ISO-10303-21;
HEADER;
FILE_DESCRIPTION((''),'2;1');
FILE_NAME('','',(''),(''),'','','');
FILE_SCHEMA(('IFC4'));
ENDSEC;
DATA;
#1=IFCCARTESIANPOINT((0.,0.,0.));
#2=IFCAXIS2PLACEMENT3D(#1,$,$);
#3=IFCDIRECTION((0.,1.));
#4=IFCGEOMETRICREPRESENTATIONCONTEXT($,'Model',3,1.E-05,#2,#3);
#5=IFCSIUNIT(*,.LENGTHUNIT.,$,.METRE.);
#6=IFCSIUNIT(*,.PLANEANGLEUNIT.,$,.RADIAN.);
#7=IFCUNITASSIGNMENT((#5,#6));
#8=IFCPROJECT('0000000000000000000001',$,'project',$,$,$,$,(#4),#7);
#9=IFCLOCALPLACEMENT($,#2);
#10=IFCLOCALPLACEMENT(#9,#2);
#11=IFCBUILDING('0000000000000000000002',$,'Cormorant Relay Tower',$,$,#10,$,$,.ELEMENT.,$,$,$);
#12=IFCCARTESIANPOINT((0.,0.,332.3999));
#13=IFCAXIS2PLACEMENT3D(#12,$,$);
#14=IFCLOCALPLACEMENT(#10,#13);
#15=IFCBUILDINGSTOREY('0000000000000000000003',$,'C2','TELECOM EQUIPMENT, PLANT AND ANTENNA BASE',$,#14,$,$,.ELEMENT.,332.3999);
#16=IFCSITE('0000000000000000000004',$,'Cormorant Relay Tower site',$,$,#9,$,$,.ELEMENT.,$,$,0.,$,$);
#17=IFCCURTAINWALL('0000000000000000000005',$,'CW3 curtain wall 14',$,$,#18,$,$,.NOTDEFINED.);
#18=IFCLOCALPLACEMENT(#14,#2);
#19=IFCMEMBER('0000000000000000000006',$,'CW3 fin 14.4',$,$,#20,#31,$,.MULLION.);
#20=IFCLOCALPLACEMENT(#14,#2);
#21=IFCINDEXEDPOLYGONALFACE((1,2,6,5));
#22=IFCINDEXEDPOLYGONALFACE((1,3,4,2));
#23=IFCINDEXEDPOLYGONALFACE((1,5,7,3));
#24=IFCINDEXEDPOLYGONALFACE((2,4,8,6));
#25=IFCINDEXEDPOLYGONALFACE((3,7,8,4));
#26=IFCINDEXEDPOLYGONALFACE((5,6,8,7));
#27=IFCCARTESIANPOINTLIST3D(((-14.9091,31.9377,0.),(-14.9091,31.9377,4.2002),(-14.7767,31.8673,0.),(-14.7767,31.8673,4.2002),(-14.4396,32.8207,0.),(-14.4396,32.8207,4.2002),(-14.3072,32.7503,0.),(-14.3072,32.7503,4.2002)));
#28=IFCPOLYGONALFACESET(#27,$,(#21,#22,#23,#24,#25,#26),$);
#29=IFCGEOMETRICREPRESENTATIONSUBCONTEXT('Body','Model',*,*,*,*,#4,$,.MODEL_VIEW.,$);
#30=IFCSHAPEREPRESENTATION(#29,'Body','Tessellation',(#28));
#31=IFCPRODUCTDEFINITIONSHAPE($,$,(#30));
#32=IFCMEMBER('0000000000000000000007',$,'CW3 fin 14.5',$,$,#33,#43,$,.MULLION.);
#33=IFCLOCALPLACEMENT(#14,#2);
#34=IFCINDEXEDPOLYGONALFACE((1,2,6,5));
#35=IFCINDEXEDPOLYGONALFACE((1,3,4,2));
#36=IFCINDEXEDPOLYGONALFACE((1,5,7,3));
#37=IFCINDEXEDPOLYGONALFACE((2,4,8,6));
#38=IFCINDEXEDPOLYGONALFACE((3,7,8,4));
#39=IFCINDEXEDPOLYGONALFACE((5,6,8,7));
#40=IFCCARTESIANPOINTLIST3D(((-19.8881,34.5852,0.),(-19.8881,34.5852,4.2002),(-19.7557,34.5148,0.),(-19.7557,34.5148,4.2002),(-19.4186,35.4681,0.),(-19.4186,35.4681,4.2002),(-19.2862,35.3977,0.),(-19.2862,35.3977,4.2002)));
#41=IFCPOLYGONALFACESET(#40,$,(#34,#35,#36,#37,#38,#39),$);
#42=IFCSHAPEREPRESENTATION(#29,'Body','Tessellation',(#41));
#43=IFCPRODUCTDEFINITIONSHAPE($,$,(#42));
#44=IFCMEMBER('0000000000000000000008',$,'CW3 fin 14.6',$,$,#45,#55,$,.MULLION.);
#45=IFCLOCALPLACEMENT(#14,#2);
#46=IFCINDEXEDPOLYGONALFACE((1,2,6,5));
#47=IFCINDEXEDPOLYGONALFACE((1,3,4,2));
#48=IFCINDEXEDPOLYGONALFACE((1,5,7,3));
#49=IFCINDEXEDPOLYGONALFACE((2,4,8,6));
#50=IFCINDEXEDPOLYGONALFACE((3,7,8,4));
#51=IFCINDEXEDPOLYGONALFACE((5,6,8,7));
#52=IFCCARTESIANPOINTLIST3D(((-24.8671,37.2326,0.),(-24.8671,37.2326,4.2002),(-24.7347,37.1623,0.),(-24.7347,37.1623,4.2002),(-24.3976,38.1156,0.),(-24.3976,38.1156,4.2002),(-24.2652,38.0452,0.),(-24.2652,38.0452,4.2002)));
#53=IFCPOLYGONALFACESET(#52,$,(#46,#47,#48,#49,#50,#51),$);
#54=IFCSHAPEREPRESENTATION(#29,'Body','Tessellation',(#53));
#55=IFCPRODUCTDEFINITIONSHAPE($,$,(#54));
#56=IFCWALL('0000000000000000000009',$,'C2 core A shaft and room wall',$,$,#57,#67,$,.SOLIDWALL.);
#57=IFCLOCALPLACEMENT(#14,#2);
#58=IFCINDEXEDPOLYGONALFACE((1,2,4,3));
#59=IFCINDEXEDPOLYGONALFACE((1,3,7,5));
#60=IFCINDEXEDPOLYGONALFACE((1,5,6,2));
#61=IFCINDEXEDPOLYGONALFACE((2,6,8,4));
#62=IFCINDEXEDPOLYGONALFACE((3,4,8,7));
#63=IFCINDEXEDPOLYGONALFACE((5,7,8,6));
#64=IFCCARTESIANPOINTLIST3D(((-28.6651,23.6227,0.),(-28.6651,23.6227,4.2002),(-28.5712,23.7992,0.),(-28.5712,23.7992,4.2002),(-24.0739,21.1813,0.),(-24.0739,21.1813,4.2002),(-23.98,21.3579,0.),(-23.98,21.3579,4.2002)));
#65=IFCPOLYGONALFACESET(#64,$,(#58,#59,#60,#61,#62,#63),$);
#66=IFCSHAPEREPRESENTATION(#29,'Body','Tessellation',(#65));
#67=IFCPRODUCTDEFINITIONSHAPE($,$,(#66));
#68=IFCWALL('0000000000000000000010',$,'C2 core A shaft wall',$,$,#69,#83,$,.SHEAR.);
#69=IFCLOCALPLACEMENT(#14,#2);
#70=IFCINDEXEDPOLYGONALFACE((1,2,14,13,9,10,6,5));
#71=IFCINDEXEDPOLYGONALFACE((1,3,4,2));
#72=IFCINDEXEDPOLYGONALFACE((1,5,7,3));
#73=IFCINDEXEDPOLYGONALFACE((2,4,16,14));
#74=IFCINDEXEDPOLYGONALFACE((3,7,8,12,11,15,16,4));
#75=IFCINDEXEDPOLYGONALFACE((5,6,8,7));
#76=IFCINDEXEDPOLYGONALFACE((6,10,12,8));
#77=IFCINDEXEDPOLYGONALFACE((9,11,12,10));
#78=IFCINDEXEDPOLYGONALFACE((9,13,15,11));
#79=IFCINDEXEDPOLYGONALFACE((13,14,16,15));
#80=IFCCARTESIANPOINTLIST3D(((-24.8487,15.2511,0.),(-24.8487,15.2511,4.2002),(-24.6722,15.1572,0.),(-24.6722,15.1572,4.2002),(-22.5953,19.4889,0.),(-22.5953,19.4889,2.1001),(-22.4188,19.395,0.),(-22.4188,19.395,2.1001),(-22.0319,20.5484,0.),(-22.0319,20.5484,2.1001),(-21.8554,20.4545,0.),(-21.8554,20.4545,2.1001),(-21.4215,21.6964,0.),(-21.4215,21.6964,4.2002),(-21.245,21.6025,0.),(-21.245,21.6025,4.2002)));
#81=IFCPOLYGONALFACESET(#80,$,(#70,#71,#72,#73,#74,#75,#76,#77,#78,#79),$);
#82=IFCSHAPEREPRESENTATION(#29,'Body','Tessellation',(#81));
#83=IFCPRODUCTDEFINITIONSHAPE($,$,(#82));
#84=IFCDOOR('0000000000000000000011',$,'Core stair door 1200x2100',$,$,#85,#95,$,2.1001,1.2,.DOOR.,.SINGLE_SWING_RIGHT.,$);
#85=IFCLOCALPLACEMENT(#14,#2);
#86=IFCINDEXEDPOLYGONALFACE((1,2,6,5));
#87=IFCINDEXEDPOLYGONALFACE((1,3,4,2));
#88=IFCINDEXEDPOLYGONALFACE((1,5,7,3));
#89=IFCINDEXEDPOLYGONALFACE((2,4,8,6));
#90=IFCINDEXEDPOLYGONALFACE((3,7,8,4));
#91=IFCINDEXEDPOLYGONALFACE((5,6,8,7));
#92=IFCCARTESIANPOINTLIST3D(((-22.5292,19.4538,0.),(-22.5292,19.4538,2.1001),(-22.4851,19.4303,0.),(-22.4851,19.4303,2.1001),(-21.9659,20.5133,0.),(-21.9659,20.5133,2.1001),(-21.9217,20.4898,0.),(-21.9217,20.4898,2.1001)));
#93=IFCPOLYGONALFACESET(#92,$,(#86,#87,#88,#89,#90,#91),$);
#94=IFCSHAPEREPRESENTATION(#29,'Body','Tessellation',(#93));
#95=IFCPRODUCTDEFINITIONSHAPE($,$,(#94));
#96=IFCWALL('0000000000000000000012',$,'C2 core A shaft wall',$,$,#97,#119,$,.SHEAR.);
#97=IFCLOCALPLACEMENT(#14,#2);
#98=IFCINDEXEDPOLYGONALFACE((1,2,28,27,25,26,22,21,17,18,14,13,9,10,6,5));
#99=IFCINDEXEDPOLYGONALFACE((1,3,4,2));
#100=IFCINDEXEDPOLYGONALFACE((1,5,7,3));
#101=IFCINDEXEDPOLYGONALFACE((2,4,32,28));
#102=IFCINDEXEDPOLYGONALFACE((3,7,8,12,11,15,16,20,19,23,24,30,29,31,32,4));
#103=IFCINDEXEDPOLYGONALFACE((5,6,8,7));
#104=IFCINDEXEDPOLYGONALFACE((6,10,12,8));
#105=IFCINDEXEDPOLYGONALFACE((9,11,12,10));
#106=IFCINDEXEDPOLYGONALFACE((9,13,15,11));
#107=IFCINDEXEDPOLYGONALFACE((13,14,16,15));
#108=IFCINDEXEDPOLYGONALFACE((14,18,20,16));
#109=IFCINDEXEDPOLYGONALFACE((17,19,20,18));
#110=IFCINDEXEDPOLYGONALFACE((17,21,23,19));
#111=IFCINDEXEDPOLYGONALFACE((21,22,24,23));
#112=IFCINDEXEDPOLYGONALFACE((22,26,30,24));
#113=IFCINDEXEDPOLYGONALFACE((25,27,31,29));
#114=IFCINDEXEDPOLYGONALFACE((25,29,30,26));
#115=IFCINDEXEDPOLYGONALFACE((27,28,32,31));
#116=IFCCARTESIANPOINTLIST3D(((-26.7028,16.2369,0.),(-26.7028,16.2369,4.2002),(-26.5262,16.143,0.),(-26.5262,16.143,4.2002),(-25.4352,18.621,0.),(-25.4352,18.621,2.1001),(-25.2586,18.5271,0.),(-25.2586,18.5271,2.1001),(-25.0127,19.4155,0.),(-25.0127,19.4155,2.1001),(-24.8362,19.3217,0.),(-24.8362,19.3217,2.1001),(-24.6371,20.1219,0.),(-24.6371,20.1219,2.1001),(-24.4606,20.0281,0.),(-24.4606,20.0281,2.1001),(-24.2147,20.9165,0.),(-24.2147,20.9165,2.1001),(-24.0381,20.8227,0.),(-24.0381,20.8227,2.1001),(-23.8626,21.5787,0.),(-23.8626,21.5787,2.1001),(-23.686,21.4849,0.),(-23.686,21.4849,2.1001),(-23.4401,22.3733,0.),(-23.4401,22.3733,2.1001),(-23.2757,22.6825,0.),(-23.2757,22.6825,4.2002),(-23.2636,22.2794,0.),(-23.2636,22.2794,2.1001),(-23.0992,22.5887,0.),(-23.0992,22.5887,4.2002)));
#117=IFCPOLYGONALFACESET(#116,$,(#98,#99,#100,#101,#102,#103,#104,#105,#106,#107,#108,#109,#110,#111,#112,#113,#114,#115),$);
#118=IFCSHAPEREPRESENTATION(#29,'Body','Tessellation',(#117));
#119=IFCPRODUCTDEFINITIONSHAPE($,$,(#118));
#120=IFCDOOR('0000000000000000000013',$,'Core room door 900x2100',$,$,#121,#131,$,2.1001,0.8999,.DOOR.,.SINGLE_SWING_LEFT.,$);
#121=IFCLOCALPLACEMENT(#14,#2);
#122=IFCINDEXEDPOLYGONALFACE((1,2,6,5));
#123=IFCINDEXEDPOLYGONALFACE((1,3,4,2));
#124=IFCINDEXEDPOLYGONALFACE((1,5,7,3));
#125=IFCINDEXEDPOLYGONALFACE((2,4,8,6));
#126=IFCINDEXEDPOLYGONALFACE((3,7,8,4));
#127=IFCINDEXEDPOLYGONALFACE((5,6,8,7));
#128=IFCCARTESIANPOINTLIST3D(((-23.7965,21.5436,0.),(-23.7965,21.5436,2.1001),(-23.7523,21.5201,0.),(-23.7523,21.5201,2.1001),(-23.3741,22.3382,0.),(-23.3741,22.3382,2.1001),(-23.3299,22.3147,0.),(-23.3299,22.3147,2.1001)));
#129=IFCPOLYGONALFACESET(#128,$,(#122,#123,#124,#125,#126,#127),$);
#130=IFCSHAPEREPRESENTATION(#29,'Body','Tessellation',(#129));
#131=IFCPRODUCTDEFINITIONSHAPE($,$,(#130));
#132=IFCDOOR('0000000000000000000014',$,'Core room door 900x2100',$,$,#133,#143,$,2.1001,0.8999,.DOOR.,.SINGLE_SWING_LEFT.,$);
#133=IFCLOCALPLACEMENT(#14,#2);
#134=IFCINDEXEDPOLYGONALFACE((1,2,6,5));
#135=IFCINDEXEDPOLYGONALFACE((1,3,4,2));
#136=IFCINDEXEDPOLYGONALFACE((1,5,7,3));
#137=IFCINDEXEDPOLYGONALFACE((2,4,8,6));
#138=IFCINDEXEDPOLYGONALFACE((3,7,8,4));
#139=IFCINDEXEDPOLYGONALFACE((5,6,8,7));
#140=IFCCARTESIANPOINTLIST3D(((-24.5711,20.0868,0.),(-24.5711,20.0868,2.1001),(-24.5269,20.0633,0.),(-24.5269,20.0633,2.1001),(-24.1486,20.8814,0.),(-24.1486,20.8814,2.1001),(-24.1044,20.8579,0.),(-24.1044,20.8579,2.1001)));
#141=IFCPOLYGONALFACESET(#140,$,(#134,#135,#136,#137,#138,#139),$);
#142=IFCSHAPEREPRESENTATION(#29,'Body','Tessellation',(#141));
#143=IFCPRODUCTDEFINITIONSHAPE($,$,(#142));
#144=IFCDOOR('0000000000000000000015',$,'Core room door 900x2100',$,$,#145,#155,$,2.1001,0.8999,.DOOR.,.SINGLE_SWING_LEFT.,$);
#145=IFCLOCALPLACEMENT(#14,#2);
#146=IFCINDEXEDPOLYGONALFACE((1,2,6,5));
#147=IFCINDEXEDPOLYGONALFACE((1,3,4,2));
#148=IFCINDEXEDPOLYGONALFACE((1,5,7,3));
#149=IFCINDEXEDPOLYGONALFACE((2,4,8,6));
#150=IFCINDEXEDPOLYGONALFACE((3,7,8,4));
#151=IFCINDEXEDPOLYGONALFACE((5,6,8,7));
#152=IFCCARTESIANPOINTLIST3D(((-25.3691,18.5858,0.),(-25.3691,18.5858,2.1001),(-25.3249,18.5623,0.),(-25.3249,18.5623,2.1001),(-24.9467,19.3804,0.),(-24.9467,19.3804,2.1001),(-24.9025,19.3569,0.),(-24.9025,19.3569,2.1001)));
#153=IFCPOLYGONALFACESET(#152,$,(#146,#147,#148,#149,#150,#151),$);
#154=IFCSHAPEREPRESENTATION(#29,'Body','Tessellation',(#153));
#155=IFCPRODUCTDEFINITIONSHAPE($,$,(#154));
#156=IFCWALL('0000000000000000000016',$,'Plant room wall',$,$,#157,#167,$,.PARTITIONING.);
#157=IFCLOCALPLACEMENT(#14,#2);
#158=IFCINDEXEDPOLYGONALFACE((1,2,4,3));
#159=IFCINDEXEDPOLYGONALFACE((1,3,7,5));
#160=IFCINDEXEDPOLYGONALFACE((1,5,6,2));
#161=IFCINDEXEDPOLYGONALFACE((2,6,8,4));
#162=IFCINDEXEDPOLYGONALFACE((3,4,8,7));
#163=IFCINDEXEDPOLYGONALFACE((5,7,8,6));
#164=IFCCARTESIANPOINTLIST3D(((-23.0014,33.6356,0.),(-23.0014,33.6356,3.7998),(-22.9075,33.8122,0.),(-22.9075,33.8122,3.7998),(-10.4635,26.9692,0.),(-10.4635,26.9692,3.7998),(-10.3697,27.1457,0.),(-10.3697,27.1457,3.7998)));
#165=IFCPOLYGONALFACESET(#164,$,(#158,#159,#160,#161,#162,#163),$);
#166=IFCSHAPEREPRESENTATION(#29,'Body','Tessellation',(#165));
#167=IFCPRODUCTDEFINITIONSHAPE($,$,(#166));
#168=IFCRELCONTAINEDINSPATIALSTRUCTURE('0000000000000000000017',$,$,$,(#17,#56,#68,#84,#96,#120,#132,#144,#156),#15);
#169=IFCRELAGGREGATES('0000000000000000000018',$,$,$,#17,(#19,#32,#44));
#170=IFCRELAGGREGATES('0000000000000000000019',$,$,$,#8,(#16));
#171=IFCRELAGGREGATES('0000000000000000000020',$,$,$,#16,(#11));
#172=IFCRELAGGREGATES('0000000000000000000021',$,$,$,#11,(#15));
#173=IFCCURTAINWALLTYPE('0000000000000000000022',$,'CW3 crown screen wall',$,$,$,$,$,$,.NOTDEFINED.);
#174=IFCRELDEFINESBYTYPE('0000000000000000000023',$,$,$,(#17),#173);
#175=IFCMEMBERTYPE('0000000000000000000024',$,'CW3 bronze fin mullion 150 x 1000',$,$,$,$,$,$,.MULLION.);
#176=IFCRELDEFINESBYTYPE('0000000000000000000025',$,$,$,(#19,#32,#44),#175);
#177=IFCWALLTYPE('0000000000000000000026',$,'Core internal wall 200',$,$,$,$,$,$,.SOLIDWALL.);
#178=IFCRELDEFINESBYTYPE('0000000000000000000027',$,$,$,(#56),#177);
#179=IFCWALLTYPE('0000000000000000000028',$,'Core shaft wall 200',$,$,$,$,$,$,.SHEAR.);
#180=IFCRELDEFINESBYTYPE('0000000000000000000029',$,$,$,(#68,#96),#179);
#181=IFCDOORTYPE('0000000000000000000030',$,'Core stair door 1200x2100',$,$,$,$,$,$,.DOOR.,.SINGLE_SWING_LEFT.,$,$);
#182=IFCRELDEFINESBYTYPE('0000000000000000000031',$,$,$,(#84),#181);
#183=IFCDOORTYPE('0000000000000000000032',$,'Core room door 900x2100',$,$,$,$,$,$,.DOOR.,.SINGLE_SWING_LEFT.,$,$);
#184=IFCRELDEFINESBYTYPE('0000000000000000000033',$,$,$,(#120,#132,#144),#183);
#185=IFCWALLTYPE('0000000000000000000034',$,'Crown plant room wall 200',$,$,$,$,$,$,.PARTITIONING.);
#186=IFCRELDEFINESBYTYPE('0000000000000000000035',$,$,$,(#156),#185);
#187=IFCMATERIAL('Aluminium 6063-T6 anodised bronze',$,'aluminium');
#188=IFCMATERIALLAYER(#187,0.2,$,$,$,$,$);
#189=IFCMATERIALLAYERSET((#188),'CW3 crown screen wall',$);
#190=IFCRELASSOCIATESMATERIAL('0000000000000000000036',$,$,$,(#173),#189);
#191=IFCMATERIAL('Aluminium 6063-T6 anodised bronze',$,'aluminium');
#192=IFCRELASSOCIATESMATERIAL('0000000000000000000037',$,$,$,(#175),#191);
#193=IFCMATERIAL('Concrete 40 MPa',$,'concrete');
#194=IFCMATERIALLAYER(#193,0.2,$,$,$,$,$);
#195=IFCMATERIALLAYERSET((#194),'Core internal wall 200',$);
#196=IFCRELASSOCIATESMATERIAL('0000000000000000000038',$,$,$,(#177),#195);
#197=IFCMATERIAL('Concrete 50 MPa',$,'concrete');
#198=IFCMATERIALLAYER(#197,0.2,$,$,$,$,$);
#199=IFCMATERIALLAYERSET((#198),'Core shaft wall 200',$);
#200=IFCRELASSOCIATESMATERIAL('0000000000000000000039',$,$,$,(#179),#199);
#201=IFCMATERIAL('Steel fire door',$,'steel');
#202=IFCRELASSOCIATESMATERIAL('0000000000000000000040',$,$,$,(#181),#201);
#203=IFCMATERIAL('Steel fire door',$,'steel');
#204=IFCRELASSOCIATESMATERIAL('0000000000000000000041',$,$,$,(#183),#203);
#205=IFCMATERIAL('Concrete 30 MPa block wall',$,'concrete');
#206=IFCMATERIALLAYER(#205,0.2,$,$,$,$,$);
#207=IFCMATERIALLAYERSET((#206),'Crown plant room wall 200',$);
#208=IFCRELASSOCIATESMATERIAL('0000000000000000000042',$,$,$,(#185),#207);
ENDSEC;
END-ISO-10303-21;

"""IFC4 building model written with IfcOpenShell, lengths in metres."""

from ifc_helpers import new_model, si_unit, direction, frame, frame_2d, origin, origin_2d, place, context, subcontext, project, spatial, rectangle, extrude, material, layer, layer_set, material_profile, profile_set, type_object, element, fill, aggregate, save


model = new_model("IFC4")

# Units and contexts
model_context = context("Model", 3, precision=1e-05, world=origin(), true_north=direction((0.0, 1.0)))
body_context = subcontext(model_context, "Body", "Model", "MODEL_VIEW")
ifc_project = project(units=[si_unit("LENGTHUNIT", "METRE"), si_unit("PLANEANGLEUNIT", "RADIAN")], contexts=[model_context])

# Site, building, storey
site_placement = place(None, origin())
site = spatial("IfcSite", under=ifc_project, at=site_placement, Name="Cormorant Relay Tower site", CompositionType="ELEMENT", RefElevation=0.0)
building_placement = place(site_placement, origin())
building = spatial("IfcBuilding", under=site, at=building_placement, Name="Cormorant Relay Tower", CompositionType="ELEMENT")
storey_placement = place(building_placement, frame((0.0, 0.0, 332.3999)))
storey = spatial("IfcBuildingStorey", under=building, at=storey_placement, Name="C2", Description="TELECOM EQUIPMENT, PLANT AND ANTENNA BASE", CompositionType="ELEMENT", Elevation=332.3999)

# Curtain wall, members
ifc_material_1 = material(Name="Aluminium 6063-T6 anodised bronze", Category="aluminium")
ifc_layer_1 = layer(ifc_material_1, 0.2)
ifc_layer_set_1 = layer_set([ifc_layer_1], Name="CW3 crown screen wall")
curtain_wall_type = type_object("IfcCurtainWallType", Name="CW3 crown screen wall", PredefinedType="NOTDEFINED", material=ifc_layer_set_1)
curtain_wall_placement = place(storey_placement, origin())
curtain_wall = element("IfcCurtainWall", 1, at=curtain_wall_placement, inside=storey, type_object=curtain_wall_type, Name="CW3 curtain wall 14", PredefinedType="NOTDEFINED")
ifc_material_2 = material(Name="Aluminium 6063-T6 anodised bronze", Category="aluminium")
ifc_material_profile = material_profile(ifc_material_2, rectangle(XDim=0.1499, YDim=1.0, at=origin_2d()), Name="AL 150x1000")
ifc_profile_set = profile_set([ifc_material_profile], Name="Aluminium 6063-T6 anodised bronze")
member_type = type_object("IfcMemberType", Name="CW3 bronze fin mullion 150 x 1000", PredefinedType="MULLION", material=ifc_profile_set)
member_1_placement = place(storey_placement, frame((-14.6082, 32.344, 0.0), z_axis=(0.0, 0.0, 1.0), x_axis=(-0.882948, 0.469472, 0.0)))
member_1 = element("IfcMember", 2, at=member_1_placement, type_object=member_type, Name="CW3 fin 14.4", PredefinedType="MULLION", context=body_context, shape_type="SweptSolid", body=[
    extrude(rectangle(XDim=0.1499, YDim=1.0, at=origin_2d()), origin(), (0.0, 0.0, 1.0), 4.2002),
])
member_2_placement = place(storey_placement, frame((-19.5872, 34.9915, 0.0), z_axis=(0.0, 0.0, 1.0), x_axis=(-0.882948, 0.469472, 0.0)))
member_2 = element("IfcMember", 3, at=member_2_placement, type_object=member_type, Name="CW3 fin 14.5", PredefinedType="MULLION", context=body_context, shape_type="SweptSolid", body=[
    extrude(rectangle(XDim=0.1499, YDim=1.0, at=origin_2d()), origin(), (0.0, 0.0, 1.0), 4.2002),
])
member_3_placement = place(storey_placement, frame((-24.5662, 37.6389, 0.0), z_axis=(0.0, 0.0, 1.0), x_axis=(-0.882948, 0.469472, 0.0)))
member_3 = element("IfcMember", 4, at=member_3_placement, type_object=member_type, Name="CW3 fin 14.6", PredefinedType="MULLION", context=body_context, shape_type="SweptSolid", body=[
    extrude(rectangle(XDim=0.1499, YDim=1.0, at=origin_2d()), origin(), (0.0, 0.0, 1.0), 4.2002),
])

# Wall
ifc_material_3 = material(Name="Concrete 40 MPa", Category="concrete")
ifc_layer_2 = layer(ifc_material_3, 0.2)
ifc_layer_set_2 = layer_set([ifc_layer_2], Name="Core internal wall 200")
wall_type_1 = type_object("IfcWallType", Name="Core internal wall 200", PredefinedType="SOLIDWALL", material=ifc_layer_set_2)
wall_1_placement = place(storey_placement, frame((-24.0269, 21.2695, 0.0), z_axis=(0.0, 0.0, 1.0), x_axis=(-0.882935, 0.469496, 0.0)))
element("IfcWall", 5, at=wall_1_placement, inside=storey, type_object=wall_type_1, Name="C2 core A shaft and room wall", PredefinedType="SOLIDWALL", context=body_context, shape_type="SweptSolid", body=[
    extrude(rectangle(XDim=5.2, YDim=0.2, at=frame_2d((2.6001, 0.0))), origin(), (0.0, 0.0, 1.0), 4.2002),
])

# Wall, opening, door
ifc_material_4 = material(Name="Concrete 50 MPa", Category="concrete")
ifc_layer_3 = layer(ifc_material_4, 0.2)
ifc_layer_set_3 = layer_set([ifc_layer_3], Name="Core shaft wall 200")
wall_type_2 = type_object("IfcWallType", Name="Core shaft wall 200", PredefinedType="SHEAR", material=ifc_layer_set_3)
wall_2_placement = place(storey_placement, frame((-21.3333, 21.6494, 0.0), z_axis=(0.0, 0.0, 1.0), x_axis=(-0.469494, -0.882936, 0.0)))
wall_2 = element("IfcWall", 6, at=wall_2_placement, inside=storey, type_object=wall_type_2, Name="C2 core A shaft wall", PredefinedType="SHEAR", context=body_context, shape_type="SweptSolid", body=[
    extrude(rectangle(XDim=7.2998, YDim=0.2, at=frame_2d((3.6499, 0.0))), origin(), (0.0, 0.0, 1.0), 4.2002),
])
opening_1_placement = place(wall_2_placement, frame((1.3, 0.0, 0.0)))
opening_1 = element("IfcOpeningElement", 7, at=opening_1_placement, cuts=wall_2, PredefinedType="OPENING", context=body_context, shape_type="SweptSolid", body=[
    extrude(rectangle(XDim=1.2, YDim=2.1001, at=frame_2d((0.6001, 1.05))), frame((0.0, 0.1099, 0.0), z_axis=(0.0, -1.0, 0.0), x_axis=(1.0, 0.0, 0.0)), (0.0, 0.0, 1.0), 0.22),
])
ifc_material_5 = material(Name="Steel fire door", Category="steel")
door_type_1 = type_object("IfcDoorType", Name="Core stair door 1200x2100", OperationType="SINGLE_SWING_LEFT", PredefinedType="DOOR", material=ifc_material_5)
door_1_placement = place(opening_1_placement, origin())
door_1 = element("IfcDoor", 8, at=door_1_placement, inside=storey, type_object=door_type_1, Name="Core stair door 1200x2100", OperationType="SINGLE_SWING_RIGHT", OverallHeight=2.1001, OverallWidth=1.2, PredefinedType="DOOR", context=body_context, shape_type="SweptSolid", body=[
    extrude(rectangle(XDim=1.2, YDim=2.1001, at=frame_2d((0.6001, 1.05))), frame((0.0, 0.0249, 0.0), z_axis=(0.0, -1.0, 0.0), x_axis=(1.0, 0.0, 0.0)), (0.0, 0.0, 1.0), 0.05),
])
fill(opening_1, door_1)

# Wall, openings, doors
wall_3_placement = place(storey_placement, frame((-23.1875, 22.6355, 0.0), z_axis=(0.0, 0.0, 1.0), x_axis=(-0.469454, -0.882957, 0.0)))
wall_3 = element("IfcWall", 9, at=wall_3_placement, inside=storey, type_object=wall_type_2, Name="C2 core A shaft wall", PredefinedType="SHEAR", context=body_context, shape_type="SweptSolid", body=[
    extrude(rectangle(XDim=7.3, YDim=0.2, at=frame_2d((3.6499, 0.0))), origin(), (0.0, 0.0, 1.0), 4.2002),
])
opening_2_placement = place(wall_3_placement, frame((0.3501, 0.0, 0.0)))
opening_2 = element("IfcOpeningElement", 10, at=opening_2_placement, cuts=wall_3, PredefinedType="OPENING", context=body_context, shape_type="SweptSolid", body=[
    extrude(rectangle(XDim=0.8999, YDim=2.1001, at=frame_2d((0.45, 1.05))), frame((0.0, 0.1099, 0.0), z_axis=(0.0, -1.0, 0.0), x_axis=(1.0, 0.0, 0.0)), (0.0, 0.0, 1.0), 0.22),
])
opening_3_placement = place(wall_3_placement, frame((2.0, 0.0, 0.0)))
opening_3 = element("IfcOpeningElement", 11, at=opening_3_placement, cuts=wall_3, PredefinedType="OPENING", context=body_context, shape_type="SweptSolid", body=[
    extrude(rectangle(XDim=0.8999, YDim=2.1001, at=frame_2d((0.45, 1.05))), frame((0.0, 0.1099, 0.0), z_axis=(0.0, -1.0, 0.0), x_axis=(1.0, 0.0, 0.0)), (0.0, 0.0, 1.0), 0.22),
])
opening_4_placement = place(wall_3_placement, frame((3.7, 0.0, 0.0)))
opening_4 = element("IfcOpeningElement", 12, at=opening_4_placement, cuts=wall_3, PredefinedType="OPENING", context=body_context, shape_type="SweptSolid", body=[
    extrude(rectangle(XDim=0.8999, YDim=2.1001, at=frame_2d((0.45, 1.05))), frame((0.0, 0.1099, 0.0), z_axis=(0.0, -1.0, 0.0), x_axis=(1.0, 0.0, 0.0)), (0.0, 0.0, 1.0), 0.22),
])
ifc_material_6 = material(Name="Steel fire door", Category="steel")
door_type_2 = type_object("IfcDoorType", Name="Core room door 900x2100", OperationType="SINGLE_SWING_LEFT", PredefinedType="DOOR", material=ifc_material_6)
door_2_placement = place(opening_2_placement, origin())
door_2 = element("IfcDoor", 13, at=door_2_placement, inside=storey, type_object=door_type_2, Name="Core room door 900x2100", OperationType="SINGLE_SWING_LEFT", OverallHeight=2.1001, OverallWidth=0.8999, PredefinedType="DOOR", context=body_context, shape_type="SweptSolid", body=[
    extrude(rectangle(XDim=0.8999, YDim=2.1001, at=frame_2d((0.45, 1.05))), frame((0.0, 0.0249, 0.0), z_axis=(0.0, -1.0, 0.0), x_axis=(1.0, 0.0, 0.0)), (0.0, 0.0, 1.0), 0.05),
])
fill(opening_2, door_2)
door_3_placement = place(opening_3_placement, origin())
door_3 = element("IfcDoor", 14, at=door_3_placement, inside=storey, type_object=door_type_2, Name="Core room door 900x2100", OperationType="SINGLE_SWING_LEFT", OverallHeight=2.1001, OverallWidth=0.8999, PredefinedType="DOOR", context=body_context, shape_type="SweptSolid", body=[
    extrude(rectangle(XDim=0.8999, YDim=2.1001, at=frame_2d((0.45, 1.05))), frame((0.0, 0.0249, 0.0), z_axis=(0.0, -1.0, 0.0), x_axis=(1.0, 0.0, 0.0)), (0.0, 0.0, 1.0), 0.05),
])
fill(opening_3, door_3)
door_4_placement = place(opening_4_placement, origin())
door_4 = element("IfcDoor", 15, at=door_4_placement, inside=storey, type_object=door_type_2, Name="Core room door 900x2100", OperationType="SINGLE_SWING_LEFT", OverallHeight=2.1001, OverallWidth=0.8999, PredefinedType="DOOR", context=body_context, shape_type="SweptSolid", body=[
    extrude(rectangle(XDim=0.8999, YDim=2.1001, at=frame_2d((0.45, 1.05))), frame((0.0, 0.0249, 0.0), z_axis=(0.0, -1.0, 0.0), x_axis=(1.0, 0.0, 0.0)), (0.0, 0.0, 1.0), 0.05),
])
fill(opening_4, door_4)

# Wall
ifc_material_7 = material(Name="Concrete 30 MPa block wall", Category="concrete")
ifc_layer_4 = layer(ifc_material_7, 0.2)
ifc_layer_set_4 = layer_set([ifc_layer_4], Name="Crown plant room wall 200")
wall_type_3 = type_object("IfcWallType", Name="Crown plant room wall 200", PredefinedType="PARTITIONING", material=ifc_layer_set_4)
wall_4_placement = place(storey_placement, frame((-10.4165, 27.0574, 0.0), z_axis=(0.0, 0.0, 1.0), x_axis=(-0.882947, 0.469472, 0.0)))
element("IfcWall", 16, at=wall_4_placement, inside=storey, type_object=wall_type_3, Name="Plant room wall", PredefinedType="PARTITIONING", context=body_context, shape_type="SweptSolid", body=[
    extrude(rectangle(XDim=14.2, YDim=0.2, at=frame_2d((7.1001, 0.0))), origin(), (0.0, 0.0, 1.0), 3.7998),
])

aggregate(curtain_wall, [member_1, member_2, member_3])

save(model, "model.ifc")
